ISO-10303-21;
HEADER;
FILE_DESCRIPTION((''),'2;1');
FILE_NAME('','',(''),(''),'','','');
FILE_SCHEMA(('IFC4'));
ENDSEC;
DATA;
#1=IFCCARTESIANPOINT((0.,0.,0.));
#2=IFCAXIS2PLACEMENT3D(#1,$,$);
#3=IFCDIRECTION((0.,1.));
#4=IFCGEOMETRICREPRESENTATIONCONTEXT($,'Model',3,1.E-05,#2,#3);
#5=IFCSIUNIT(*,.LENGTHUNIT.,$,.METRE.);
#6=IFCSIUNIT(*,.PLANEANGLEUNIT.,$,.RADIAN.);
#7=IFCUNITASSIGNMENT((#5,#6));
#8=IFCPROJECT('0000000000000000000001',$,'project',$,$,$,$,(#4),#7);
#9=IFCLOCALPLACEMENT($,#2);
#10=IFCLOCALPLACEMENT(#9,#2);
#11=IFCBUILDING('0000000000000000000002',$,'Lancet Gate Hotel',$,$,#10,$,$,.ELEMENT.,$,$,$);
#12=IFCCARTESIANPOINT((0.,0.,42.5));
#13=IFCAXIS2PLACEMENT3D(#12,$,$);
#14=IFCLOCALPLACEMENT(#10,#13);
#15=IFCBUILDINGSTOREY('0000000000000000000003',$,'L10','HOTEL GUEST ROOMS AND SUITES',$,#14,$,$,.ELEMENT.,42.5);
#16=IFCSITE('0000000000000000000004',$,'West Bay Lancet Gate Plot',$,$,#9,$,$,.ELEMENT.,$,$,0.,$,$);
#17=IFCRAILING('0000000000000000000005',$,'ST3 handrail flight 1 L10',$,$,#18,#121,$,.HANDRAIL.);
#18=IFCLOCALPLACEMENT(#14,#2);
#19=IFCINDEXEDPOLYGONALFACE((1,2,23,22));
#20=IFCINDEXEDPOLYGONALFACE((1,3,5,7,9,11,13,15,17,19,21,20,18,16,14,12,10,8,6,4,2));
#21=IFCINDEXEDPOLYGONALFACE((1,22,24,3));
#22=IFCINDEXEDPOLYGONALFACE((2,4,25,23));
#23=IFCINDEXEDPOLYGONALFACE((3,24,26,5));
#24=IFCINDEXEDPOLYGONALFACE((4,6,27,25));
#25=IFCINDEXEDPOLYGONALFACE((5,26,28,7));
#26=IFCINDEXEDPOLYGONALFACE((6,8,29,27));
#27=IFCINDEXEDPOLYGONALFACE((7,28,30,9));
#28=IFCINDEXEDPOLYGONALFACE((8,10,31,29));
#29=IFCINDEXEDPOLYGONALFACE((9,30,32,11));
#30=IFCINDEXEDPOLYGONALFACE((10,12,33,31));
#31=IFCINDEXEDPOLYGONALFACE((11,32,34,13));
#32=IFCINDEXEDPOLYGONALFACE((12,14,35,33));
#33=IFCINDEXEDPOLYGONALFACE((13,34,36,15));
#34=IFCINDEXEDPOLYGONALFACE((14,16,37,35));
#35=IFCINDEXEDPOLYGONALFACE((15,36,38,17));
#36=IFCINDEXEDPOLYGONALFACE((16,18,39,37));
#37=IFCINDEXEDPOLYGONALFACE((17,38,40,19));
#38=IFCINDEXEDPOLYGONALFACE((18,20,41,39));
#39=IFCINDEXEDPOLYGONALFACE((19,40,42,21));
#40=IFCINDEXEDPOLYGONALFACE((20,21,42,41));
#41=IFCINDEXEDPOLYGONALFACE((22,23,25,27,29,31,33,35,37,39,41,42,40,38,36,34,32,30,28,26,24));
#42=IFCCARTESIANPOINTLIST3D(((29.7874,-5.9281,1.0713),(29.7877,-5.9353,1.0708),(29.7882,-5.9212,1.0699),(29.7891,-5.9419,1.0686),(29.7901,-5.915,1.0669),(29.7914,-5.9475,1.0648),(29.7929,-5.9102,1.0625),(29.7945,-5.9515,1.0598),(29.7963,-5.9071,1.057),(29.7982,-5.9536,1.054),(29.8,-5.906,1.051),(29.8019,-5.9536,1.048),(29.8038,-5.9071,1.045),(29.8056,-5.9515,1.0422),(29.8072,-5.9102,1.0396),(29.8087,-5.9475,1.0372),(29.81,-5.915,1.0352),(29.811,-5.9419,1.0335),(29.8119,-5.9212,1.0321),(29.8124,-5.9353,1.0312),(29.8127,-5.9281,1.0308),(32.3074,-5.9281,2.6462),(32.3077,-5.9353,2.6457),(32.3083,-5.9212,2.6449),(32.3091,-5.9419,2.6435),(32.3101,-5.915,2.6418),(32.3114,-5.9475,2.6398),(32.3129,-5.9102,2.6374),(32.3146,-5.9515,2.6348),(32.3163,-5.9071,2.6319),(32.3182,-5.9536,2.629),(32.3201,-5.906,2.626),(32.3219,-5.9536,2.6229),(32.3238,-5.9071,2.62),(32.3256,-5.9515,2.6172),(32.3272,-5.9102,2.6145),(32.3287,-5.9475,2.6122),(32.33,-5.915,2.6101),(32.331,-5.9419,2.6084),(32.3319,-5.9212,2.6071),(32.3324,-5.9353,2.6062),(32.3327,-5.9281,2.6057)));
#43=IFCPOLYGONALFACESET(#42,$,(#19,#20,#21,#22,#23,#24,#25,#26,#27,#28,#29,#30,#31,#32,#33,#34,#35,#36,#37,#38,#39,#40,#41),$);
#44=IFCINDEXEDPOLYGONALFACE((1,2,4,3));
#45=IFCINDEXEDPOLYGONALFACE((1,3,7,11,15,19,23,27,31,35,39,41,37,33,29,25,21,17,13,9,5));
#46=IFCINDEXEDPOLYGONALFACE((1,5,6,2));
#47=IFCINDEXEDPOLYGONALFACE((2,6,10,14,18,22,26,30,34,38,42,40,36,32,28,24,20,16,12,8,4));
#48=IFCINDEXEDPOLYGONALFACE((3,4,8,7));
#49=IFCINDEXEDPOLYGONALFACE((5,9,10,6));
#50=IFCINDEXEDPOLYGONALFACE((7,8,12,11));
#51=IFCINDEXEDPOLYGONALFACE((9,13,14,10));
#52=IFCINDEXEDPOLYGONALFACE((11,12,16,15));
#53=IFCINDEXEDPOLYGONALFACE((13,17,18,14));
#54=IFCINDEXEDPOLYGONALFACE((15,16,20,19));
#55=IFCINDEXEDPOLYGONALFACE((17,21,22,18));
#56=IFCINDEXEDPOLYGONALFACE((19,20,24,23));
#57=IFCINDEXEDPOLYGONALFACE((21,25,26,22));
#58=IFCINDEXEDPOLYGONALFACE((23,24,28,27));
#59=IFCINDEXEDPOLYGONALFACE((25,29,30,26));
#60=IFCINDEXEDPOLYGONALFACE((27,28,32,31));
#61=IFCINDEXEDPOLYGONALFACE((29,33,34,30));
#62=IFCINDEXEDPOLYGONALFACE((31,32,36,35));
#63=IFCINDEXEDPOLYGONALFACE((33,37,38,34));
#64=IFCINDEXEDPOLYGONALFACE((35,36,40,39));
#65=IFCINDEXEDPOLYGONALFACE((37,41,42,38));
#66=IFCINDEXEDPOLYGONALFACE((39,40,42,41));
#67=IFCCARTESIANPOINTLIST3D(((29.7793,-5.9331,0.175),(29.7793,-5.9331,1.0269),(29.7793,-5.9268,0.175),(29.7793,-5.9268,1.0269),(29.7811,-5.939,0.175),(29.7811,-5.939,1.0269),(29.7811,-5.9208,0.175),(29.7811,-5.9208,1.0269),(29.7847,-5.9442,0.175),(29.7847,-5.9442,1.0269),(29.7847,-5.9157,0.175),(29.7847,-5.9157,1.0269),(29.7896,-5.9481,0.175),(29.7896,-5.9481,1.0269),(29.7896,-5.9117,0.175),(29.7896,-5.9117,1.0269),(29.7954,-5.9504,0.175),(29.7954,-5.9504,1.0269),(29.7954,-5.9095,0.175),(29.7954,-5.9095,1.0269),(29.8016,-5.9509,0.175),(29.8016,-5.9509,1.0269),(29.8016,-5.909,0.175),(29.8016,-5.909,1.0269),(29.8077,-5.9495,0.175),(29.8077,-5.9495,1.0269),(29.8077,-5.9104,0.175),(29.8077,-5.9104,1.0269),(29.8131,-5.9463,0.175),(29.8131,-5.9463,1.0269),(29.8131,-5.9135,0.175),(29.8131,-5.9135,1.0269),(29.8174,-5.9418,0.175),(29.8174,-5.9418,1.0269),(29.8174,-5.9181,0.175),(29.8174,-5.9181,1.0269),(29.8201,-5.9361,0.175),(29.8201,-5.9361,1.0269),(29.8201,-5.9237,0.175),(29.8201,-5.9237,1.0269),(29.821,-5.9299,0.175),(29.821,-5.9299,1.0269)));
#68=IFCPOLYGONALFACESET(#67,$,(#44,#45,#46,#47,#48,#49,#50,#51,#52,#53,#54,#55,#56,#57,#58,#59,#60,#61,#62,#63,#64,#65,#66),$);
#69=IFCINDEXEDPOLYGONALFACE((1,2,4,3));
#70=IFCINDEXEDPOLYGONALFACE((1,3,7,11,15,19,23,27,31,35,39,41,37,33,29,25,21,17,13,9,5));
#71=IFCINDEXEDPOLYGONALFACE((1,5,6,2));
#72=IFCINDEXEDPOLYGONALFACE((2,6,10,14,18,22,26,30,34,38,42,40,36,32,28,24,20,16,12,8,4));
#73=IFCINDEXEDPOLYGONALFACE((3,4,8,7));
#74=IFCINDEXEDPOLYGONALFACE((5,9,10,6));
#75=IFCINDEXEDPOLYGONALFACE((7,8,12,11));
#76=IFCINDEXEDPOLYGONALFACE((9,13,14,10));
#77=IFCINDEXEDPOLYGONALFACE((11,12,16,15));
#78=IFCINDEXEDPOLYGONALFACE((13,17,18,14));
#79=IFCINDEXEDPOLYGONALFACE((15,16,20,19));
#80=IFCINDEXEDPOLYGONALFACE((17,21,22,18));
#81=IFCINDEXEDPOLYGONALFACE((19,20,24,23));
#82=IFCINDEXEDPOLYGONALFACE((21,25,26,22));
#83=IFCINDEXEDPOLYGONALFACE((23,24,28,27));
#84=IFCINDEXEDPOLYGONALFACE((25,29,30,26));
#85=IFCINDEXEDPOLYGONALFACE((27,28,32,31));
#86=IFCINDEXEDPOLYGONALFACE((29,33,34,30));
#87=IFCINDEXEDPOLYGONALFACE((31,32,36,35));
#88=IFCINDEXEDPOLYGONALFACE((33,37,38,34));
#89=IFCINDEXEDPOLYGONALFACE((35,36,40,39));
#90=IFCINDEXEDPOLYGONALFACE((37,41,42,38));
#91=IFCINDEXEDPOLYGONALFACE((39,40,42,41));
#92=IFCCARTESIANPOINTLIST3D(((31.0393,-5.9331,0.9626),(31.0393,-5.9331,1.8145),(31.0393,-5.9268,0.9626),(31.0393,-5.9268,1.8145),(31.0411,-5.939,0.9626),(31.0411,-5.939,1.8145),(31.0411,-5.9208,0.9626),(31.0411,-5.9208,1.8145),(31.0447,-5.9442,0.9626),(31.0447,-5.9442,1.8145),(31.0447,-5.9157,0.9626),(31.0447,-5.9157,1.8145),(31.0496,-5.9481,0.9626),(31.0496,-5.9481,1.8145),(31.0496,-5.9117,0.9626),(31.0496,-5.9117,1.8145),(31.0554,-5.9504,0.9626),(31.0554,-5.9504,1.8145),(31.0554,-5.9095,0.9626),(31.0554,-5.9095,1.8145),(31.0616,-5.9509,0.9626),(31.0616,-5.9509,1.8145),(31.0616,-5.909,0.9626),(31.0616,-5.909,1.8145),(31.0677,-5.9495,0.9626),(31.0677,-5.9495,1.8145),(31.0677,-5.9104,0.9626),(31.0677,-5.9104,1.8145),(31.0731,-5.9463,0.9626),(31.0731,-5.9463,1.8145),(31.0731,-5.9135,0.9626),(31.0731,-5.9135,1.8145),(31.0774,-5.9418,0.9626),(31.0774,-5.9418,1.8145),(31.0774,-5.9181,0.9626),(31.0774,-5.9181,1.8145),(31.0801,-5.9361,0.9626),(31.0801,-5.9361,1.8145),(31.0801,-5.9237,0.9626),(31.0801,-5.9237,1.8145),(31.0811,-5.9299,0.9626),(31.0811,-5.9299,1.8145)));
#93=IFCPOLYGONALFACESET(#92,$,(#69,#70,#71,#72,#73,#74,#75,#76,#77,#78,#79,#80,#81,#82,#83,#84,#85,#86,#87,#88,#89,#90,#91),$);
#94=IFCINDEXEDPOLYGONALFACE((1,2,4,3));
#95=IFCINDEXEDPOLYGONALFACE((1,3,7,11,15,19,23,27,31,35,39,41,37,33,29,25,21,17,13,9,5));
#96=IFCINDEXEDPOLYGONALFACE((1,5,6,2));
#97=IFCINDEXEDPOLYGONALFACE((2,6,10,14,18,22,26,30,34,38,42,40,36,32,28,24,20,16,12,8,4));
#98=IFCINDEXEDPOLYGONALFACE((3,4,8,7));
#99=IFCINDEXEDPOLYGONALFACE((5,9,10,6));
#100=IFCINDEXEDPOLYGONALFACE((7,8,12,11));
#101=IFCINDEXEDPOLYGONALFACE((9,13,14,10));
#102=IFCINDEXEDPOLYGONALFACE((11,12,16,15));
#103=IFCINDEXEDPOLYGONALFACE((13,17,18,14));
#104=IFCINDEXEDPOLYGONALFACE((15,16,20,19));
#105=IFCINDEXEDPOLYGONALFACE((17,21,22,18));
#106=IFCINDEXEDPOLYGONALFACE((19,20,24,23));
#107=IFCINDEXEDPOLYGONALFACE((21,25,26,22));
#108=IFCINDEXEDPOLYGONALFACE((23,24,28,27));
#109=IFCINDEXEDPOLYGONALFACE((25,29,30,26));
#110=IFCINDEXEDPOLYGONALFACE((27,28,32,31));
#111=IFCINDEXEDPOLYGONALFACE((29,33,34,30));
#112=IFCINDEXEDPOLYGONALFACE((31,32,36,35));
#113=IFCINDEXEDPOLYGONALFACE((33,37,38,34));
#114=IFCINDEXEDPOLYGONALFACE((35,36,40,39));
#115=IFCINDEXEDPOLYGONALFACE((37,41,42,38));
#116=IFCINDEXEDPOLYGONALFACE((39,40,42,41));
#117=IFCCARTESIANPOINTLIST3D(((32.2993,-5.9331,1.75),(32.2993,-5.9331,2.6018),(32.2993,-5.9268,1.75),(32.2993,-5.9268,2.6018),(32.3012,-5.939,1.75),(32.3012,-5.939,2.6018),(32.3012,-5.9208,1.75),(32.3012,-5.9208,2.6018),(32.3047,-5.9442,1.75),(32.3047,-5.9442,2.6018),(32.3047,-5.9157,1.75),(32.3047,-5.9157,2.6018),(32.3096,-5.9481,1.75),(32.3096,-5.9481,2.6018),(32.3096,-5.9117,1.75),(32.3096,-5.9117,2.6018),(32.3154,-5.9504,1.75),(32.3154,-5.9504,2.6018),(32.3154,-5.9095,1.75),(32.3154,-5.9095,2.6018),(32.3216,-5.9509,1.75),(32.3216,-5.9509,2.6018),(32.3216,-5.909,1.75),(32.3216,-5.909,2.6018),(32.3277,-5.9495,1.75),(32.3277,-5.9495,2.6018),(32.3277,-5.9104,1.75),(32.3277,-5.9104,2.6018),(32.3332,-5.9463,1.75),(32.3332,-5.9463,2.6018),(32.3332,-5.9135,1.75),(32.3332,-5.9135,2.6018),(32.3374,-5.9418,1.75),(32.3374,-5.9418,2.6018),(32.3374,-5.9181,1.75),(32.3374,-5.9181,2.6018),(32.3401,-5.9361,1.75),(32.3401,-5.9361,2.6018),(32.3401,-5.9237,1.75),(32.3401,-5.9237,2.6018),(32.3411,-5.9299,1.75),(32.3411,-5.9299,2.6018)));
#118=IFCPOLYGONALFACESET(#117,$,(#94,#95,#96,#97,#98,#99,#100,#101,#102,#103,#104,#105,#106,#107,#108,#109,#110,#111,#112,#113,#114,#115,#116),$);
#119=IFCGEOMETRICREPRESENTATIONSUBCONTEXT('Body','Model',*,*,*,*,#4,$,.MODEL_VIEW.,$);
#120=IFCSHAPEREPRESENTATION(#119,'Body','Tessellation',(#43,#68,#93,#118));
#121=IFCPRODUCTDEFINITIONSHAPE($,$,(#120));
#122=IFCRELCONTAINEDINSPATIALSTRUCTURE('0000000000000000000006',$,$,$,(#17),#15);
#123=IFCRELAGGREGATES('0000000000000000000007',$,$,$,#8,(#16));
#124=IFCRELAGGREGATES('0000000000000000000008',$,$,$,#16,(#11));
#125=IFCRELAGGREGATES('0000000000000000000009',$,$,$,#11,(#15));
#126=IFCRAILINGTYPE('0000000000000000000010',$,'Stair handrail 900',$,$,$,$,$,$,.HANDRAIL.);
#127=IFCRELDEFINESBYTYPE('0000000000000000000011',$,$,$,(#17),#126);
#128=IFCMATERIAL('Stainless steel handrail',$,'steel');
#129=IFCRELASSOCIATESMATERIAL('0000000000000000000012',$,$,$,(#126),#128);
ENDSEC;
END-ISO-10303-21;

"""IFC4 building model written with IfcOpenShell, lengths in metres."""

from ifc_helpers import new_model, si_unit, direction, frame, origin, origin_2d, place, context, subcontext, project, spatial, circle, extrude, material, type_object, element, save


model = new_model("IFC4")

# Units and contexts
model_context = context("Model", 3, precision=1e-05, world=origin(), true_north=direction((0.0, 1.0)))
body_context = subcontext(model_context, "Body", "Model", "MODEL_VIEW")
ifc_project = project(units=[si_unit("LENGTHUNIT", "METRE"), si_unit("PLANEANGLEUNIT", "RADIAN")], contexts=[model_context])

# Site, building, storey
site_placement = place(None, origin())
site = spatial("IfcSite", under=ifc_project, at=site_placement, Name="West Bay Lancet Gate Plot", CompositionType="ELEMENT", RefElevation=0.0)
building_placement = place(site_placement, origin())
building = spatial("IfcBuilding", under=site, at=building_placement, Name="Lancet Gate Hotel", CompositionType="ELEMENT")
storey_placement = place(building_placement, frame((0.0, 0.0, 42.5)))
storey = spatial("IfcBuildingStorey", under=building, at=storey_placement, Name="L10", Description="HOTEL GUEST ROOMS AND SUITES", CompositionType="ELEMENT", Elevation=42.5)

# Railing
ifc_material_1 = material(Name="Stainless steel handrail", Category="steel")
railing_type = type_object("IfcRailingType", Name="Stair handrail 900", PredefinedType="HANDRAIL", material=ifc_material_1)
railing_1_placement = place(storey_placement, frame((29.8, -5.9299, 0.175)))
element("IfcRailing", 1, at=railing_1_placement, inside=storey, type_object=railing_type, Name="ST3 handrail flight 1 L10", PredefinedType="HANDRAIL", context=body_context, shape_type="SweptSolid", body=[
    extrude(circle(Radius=0.0239, at=origin_2d()), frame((0.0, 0.0, 0.876), z_axis=(0.848008, 0.0, 0.529984), x_axis=(0.0, 1.0, 0.0)), (0.0, 0.0, 1.0), 2.9717),
    extrude(circle(Radius=0.021, at=origin_2d()), origin(), (0.0, 0.0, 1.0), 0.8518),
    extrude(circle(Radius=0.021, at=origin_2d()), frame((1.26, 0.0, 0.7876)), (0.0, 0.0, 1.0), 0.8518),
    extrude(circle(Radius=0.021, at=origin_2d()), frame((2.52, 0.0, 1.575)), (0.0, 0.0, 1.0), 0.8518),
])

save(model, "model.ifc")
